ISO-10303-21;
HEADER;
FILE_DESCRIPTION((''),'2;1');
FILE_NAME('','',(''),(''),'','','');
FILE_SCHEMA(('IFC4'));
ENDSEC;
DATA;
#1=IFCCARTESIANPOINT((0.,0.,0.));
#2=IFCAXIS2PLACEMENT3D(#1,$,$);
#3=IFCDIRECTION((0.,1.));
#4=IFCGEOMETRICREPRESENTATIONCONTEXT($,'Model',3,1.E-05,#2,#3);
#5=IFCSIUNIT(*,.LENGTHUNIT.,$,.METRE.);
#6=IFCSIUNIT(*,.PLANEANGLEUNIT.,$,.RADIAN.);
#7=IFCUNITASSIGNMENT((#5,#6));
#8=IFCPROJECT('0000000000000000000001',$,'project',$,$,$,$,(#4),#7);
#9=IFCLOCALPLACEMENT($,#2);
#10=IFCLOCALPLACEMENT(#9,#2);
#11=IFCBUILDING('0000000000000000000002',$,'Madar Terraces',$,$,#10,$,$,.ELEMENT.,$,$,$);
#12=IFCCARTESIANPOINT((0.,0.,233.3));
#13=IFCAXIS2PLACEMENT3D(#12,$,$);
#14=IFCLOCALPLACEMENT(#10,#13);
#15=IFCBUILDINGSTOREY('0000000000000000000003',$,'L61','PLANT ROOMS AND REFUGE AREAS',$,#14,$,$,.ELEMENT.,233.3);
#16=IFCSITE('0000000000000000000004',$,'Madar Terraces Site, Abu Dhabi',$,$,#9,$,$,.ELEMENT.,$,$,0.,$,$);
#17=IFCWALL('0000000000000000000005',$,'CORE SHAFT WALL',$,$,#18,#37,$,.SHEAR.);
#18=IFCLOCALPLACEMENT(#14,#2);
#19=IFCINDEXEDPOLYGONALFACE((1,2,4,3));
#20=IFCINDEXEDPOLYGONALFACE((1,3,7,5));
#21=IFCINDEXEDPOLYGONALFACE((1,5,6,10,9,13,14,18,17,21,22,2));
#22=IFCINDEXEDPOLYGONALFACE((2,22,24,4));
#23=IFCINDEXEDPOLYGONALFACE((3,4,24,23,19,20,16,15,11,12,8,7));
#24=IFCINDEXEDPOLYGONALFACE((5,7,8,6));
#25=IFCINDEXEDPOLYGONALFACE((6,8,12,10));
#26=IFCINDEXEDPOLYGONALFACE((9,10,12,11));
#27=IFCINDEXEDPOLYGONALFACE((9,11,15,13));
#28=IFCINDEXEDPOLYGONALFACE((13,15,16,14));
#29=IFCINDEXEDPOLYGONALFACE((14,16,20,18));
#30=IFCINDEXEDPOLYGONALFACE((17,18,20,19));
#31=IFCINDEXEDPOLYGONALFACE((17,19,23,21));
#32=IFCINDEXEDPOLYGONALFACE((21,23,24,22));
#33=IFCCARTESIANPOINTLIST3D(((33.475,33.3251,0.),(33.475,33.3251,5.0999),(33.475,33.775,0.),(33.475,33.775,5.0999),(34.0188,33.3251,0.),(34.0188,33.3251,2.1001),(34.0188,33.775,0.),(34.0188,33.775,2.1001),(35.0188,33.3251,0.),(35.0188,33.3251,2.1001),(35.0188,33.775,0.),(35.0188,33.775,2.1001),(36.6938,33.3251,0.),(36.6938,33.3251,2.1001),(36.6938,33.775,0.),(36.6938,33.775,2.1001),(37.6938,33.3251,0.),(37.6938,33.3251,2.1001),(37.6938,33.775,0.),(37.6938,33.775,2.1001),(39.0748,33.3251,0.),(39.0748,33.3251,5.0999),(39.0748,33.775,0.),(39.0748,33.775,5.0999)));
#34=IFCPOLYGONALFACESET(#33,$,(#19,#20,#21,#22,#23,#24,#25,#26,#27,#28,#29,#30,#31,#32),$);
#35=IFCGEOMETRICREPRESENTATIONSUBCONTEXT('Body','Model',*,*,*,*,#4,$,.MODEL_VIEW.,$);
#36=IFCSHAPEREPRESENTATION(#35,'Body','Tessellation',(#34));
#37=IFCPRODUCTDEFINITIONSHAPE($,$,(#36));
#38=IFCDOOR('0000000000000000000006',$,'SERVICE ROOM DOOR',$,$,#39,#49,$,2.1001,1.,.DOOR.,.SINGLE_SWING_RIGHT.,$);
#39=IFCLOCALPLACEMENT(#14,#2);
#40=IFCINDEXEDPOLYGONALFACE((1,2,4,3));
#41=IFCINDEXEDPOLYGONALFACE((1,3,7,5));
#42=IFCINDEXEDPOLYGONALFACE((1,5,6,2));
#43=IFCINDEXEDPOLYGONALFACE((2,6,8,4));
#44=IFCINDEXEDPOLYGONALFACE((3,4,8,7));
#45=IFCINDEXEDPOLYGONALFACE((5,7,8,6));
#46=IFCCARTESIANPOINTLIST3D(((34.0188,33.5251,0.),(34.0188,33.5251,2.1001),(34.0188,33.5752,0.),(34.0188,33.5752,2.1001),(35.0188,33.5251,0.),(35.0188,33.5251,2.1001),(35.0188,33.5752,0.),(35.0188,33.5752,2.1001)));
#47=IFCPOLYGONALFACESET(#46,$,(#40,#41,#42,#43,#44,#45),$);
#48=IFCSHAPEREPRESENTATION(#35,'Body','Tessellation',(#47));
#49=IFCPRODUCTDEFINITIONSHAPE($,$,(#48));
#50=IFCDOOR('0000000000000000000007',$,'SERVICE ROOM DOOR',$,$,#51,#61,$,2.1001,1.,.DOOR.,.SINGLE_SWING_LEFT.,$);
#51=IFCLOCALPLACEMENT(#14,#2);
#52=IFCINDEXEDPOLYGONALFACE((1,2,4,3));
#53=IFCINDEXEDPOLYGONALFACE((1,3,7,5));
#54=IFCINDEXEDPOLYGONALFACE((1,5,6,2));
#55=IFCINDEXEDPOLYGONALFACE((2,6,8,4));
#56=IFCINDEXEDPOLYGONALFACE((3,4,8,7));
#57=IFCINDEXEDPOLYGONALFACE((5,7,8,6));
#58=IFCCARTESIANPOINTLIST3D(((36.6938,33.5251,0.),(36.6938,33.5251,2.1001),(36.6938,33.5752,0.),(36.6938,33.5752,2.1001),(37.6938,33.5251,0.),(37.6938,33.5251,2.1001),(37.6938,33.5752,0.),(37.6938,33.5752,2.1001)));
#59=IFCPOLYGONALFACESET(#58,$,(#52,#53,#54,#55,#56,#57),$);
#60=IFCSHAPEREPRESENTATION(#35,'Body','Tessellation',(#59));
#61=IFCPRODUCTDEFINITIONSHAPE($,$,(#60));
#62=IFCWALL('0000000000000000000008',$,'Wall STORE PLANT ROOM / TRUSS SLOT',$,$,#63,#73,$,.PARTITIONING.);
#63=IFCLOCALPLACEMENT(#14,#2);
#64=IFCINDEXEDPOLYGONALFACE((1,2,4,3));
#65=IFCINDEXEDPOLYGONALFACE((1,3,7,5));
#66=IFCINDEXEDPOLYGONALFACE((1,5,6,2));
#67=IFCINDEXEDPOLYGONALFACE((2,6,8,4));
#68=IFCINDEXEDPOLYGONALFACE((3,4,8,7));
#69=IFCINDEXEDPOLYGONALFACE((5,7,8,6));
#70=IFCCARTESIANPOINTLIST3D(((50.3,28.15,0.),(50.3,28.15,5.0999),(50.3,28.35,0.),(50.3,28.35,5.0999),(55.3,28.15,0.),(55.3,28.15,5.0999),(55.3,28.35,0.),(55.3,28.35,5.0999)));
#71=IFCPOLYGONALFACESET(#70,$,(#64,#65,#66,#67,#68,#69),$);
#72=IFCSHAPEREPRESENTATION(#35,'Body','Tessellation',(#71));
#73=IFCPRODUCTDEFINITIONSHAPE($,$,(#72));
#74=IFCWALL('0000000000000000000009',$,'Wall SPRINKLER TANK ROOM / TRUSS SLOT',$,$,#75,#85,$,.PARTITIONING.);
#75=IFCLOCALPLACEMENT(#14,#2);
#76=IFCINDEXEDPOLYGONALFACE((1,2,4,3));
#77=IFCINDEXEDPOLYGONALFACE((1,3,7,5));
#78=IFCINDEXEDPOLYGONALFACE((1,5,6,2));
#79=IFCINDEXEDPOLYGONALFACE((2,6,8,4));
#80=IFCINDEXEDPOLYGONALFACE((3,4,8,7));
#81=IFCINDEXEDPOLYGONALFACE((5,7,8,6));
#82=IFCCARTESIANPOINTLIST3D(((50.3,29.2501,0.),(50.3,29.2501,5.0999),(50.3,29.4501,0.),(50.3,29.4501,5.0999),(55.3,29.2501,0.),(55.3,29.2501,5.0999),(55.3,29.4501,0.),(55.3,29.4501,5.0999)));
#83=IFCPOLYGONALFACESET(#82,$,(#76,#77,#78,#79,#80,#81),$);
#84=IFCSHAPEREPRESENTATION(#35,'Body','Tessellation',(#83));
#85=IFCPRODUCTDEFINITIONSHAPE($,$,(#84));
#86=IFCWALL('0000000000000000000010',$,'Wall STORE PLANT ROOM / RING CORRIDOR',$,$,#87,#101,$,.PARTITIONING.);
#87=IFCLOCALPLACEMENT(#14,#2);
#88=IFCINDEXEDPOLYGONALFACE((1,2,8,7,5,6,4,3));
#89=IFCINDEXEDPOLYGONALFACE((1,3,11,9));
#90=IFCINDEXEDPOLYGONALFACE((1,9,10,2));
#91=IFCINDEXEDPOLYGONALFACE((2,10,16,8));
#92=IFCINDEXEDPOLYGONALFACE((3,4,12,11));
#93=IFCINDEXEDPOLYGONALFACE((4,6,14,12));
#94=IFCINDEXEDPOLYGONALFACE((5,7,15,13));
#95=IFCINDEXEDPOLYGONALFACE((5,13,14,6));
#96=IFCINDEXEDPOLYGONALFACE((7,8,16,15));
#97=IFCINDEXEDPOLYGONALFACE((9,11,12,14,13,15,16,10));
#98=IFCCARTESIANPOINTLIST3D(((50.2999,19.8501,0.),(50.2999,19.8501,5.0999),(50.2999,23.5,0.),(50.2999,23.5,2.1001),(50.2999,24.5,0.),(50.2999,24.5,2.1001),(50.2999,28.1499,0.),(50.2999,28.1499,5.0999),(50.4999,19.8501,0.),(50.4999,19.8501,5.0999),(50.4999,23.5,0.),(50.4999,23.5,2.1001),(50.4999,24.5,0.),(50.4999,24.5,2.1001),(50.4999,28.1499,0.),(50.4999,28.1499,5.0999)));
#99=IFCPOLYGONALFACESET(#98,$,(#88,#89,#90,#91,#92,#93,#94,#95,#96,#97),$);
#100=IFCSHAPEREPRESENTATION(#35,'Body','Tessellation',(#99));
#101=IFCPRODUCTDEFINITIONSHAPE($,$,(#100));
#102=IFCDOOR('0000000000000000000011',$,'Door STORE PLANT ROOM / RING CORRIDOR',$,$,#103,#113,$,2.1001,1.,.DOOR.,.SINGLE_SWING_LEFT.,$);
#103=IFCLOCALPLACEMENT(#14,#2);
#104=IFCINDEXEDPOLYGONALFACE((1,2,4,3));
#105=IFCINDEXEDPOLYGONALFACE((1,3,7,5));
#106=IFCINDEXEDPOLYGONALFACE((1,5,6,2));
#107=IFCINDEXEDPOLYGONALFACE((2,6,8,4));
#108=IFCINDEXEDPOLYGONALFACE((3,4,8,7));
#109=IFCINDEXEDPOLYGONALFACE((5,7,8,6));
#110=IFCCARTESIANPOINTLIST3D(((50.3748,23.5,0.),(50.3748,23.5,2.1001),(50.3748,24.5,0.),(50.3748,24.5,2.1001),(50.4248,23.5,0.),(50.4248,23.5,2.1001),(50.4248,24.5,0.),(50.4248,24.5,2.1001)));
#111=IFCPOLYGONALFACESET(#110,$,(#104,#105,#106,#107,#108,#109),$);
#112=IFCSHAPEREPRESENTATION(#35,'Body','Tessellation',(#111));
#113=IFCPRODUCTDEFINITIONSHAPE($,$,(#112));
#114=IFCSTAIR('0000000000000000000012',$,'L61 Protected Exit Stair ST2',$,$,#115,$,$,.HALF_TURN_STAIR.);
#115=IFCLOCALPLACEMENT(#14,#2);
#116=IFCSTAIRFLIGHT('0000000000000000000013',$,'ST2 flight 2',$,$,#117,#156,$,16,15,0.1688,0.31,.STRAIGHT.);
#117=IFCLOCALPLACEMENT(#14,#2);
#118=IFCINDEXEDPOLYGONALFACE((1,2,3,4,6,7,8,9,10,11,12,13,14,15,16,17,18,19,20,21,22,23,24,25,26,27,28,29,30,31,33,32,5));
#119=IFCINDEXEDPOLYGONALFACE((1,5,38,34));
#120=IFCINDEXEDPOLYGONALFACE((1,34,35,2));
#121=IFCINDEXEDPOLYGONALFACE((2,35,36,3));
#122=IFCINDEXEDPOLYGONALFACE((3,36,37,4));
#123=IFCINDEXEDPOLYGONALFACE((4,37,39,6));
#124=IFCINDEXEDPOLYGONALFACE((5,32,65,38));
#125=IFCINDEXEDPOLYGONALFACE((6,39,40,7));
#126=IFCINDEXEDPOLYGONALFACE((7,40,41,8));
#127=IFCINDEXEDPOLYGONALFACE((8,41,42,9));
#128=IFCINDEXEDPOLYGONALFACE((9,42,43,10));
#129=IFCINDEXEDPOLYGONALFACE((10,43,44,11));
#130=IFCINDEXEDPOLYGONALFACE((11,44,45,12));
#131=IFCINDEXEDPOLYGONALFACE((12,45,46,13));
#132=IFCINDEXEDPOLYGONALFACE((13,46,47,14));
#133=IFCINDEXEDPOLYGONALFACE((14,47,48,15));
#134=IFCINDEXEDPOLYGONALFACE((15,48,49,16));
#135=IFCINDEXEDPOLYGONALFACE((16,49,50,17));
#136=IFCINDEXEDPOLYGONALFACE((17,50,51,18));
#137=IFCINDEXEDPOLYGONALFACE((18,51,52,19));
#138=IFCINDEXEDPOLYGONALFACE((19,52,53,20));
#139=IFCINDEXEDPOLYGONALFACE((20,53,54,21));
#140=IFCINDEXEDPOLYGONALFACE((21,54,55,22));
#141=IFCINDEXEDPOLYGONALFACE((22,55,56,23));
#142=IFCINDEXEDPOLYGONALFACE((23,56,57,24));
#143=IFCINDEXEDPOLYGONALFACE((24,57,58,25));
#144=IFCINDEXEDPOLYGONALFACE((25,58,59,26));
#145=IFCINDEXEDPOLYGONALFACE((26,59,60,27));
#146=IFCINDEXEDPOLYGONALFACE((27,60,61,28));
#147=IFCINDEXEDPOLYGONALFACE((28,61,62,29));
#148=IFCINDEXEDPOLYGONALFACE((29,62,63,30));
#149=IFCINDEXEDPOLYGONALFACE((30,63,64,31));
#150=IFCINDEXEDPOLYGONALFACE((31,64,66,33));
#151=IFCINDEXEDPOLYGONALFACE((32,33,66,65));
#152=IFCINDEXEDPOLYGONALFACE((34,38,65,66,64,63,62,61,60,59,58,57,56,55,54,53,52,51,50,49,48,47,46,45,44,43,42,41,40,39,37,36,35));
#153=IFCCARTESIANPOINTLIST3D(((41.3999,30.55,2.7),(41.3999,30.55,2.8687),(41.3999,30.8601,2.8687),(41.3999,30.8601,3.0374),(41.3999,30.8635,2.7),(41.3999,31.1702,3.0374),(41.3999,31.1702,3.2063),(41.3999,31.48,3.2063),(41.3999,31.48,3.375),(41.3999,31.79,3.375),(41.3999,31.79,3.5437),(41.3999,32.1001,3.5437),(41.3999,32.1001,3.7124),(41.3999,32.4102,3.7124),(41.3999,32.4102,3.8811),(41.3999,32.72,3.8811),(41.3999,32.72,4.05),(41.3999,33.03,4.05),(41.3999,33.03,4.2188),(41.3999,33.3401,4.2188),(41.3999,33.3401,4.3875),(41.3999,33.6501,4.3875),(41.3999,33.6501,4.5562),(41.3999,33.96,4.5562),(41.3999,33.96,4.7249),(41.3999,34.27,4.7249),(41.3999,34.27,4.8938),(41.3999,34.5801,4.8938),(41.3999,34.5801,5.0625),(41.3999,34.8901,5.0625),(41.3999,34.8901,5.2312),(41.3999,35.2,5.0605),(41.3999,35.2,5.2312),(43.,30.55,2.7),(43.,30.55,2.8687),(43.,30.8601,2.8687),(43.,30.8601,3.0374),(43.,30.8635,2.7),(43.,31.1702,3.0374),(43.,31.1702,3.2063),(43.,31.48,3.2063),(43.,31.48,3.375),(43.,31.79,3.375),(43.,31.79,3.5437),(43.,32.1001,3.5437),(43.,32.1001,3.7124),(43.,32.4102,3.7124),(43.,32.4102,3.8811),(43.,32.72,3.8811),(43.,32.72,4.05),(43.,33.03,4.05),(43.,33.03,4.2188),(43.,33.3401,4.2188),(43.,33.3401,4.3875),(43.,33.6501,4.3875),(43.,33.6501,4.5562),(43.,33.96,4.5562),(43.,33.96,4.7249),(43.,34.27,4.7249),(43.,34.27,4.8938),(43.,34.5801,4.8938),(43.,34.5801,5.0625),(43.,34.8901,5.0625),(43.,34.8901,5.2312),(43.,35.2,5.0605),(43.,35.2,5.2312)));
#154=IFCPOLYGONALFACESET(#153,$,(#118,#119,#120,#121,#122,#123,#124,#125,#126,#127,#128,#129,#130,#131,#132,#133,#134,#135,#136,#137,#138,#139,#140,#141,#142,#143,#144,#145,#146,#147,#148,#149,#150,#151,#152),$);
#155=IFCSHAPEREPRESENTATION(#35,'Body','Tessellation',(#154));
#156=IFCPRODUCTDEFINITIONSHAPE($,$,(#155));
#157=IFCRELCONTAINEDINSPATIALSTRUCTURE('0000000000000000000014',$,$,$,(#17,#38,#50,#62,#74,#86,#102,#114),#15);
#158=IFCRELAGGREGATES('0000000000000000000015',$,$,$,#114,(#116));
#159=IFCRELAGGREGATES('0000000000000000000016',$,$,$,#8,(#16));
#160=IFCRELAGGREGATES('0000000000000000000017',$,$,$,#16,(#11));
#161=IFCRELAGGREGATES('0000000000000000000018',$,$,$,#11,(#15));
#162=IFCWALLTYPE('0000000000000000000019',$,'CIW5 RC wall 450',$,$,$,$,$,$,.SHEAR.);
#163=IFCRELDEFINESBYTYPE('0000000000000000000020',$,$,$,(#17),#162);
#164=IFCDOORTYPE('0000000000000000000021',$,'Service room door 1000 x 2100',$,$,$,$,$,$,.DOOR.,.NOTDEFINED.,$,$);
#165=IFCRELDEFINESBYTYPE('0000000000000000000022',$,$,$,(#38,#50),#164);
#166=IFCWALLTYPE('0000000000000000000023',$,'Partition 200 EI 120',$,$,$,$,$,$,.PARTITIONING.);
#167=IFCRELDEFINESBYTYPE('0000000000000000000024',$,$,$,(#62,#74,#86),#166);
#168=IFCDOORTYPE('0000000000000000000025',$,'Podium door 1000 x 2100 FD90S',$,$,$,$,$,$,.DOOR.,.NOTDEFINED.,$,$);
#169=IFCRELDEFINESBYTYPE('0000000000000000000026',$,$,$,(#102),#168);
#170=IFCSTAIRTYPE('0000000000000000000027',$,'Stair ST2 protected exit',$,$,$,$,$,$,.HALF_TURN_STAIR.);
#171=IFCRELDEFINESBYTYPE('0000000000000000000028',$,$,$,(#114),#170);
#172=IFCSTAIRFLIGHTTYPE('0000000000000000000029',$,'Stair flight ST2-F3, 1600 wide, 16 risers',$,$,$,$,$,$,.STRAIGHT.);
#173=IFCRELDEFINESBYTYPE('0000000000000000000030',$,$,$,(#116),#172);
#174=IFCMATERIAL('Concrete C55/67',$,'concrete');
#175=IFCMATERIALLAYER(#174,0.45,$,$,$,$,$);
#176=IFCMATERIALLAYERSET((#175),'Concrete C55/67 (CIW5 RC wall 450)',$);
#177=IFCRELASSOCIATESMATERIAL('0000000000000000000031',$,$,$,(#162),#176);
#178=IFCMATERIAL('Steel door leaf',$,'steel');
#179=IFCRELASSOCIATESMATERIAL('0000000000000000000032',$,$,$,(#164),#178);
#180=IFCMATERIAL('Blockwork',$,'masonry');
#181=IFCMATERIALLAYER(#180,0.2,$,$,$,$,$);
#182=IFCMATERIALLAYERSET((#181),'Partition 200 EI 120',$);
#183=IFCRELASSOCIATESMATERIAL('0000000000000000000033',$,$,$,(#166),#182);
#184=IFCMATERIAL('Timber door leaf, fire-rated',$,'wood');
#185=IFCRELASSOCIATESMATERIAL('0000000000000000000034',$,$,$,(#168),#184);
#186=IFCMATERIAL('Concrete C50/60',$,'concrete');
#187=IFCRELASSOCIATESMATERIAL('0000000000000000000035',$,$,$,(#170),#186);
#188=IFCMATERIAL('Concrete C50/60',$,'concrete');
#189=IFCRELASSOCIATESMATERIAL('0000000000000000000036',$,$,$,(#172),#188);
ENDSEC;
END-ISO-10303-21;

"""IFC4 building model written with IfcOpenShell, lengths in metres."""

from ifc_helpers import new_model, si_unit, direction, frame, frame_2d, origin, place, context, subcontext, project, spatial, polyline, rectangle, outline, extrude, material, layer, layer_set, type_object, element, fill, aggregate, save


model = new_model("IFC4")

# Units and contexts
model_context = context("Model", 3, precision=1e-05, world=origin(), true_north=direction((0.0, 1.0)))
body_context = subcontext(model_context, "Body", "Model", "MODEL_VIEW")
ifc_project = project(units=[si_unit("LENGTHUNIT", "METRE"), si_unit("PLANEANGLEUNIT", "RADIAN")], contexts=[model_context])

# Site, building, storey
site_placement = place(None, origin())
site = spatial("IfcSite", under=ifc_project, at=site_placement, Name="Madar Terraces Site, Abu Dhabi", CompositionType="ELEMENT", RefElevation=0.0)
building_placement = place(site_placement, origin())
building = spatial("IfcBuilding", under=site, at=building_placement, Name="Madar Terraces", CompositionType="ELEMENT")
storey_placement = place(building_placement, frame((0.0, 0.0, 233.3)))
storey = spatial("IfcBuildingStorey", under=building, at=storey_placement, Name="L61", Description="PLANT ROOMS AND REFUGE AREAS", CompositionType="ELEMENT", Elevation=233.3)

# Wall, openings, doors
ifc_material_1 = material(Name="Concrete C55/67", Category="concrete")
ifc_layer_1 = layer(ifc_material_1, 0.45)
ifc_layer_set_1 = layer_set([ifc_layer_1], Name="Concrete C55/67 (CIW5 RC wall 450)")
wall_type_1 = type_object("IfcWallType", Name="CIW5 RC wall 450", PredefinedType="SHEAR", material=ifc_layer_set_1)
wall_1_placement = place(storey_placement, frame((33.4751, 33.55, 0.0), z_axis=(0.0, 0.0, 1.0), x_axis=(1.0, 0.0, 0.0)))
wall_1 = element("IfcWall", 1, at=wall_1_placement, inside=storey, type_object=wall_type_1, Name="CORE SHAFT WALL", PredefinedType="SHEAR", context=body_context, shape_type="SweptSolid", body=[
    extrude(rectangle(XDim=5.5999, YDim=0.45, at=frame_2d((2.7998, 0.0))), origin(), (0.0, 0.0, 1.0), 5.0999),
])
opening_1_placement = place(wall_1_placement, frame((0.5437, 0.0, 0.0)))
opening_1 = element("IfcOpeningElement", 2, at=opening_1_placement, cuts=wall_1, PredefinedType="OPENING", context=body_context, shape_type="SweptSolid", body=[
    extrude(rectangle(XDim=1.0, YDim=2.1001, at=frame_2d((0.5, 1.05))), frame((0.0, 0.2349, 0.0), z_axis=(0.0, -1.0, 0.0), x_axis=(1.0, 0.0, 0.0)), (0.0, 0.0, 1.0), 0.47),
])
opening_2_placement = place(wall_1_placement, frame((3.2188, 0.0, 0.0)))
opening_2 = element("IfcOpeningElement", 3, at=opening_2_placement, cuts=wall_1, PredefinedType="OPENING", context=body_context, shape_type="SweptSolid", body=[
    extrude(rectangle(XDim=1.0, YDim=2.1001, at=frame_2d((0.5, 1.05))), frame((0.0, 0.2349, 0.0), z_axis=(0.0, -1.0, 0.0), x_axis=(1.0, 0.0, 0.0)), (0.0, 0.0, 1.0), 0.47),
])
ifc_material_2 = material(Name="Steel door leaf", Category="steel")
door_type_1 = type_object("IfcDoorType", Name="Service room door 1000 x 2100", OperationType="NOTDEFINED", PredefinedType="DOOR", material=ifc_material_2)
door_1_placement = place(opening_1_placement, frame((1.0, 0.0, 0.0), z_axis=(0.0, 0.0, 1.0), x_axis=(-1.0, 0.0, 0.0)))
door_1 = element("IfcDoor", 4, at=door_1_placement, inside=storey, type_object=door_type_1, Name="SERVICE ROOM DOOR", OperationType="SINGLE_SWING_RIGHT", OverallHeight=2.1001, OverallWidth=1.0, PredefinedType="DOOR", context=body_context, shape_type="SweptSolid", body=[
    extrude(rectangle(XDim=1.0, YDim=2.1001, at=frame_2d((0.5, 1.05))), frame((0.0, 0.0249, 0.0), z_axis=(0.0, -1.0, 0.0), x_axis=(1.0, 0.0, 0.0)), (0.0, 0.0, 1.0), 0.05),
])
fill(opening_1, door_1)
door_2_placement = place(opening_2_placement, frame((1.0, 0.0, 0.0), z_axis=(0.0, 0.0, 1.0), x_axis=(-1.0, 0.0, 0.0)))
door_2 = element("IfcDoor", 5, at=door_2_placement, inside=storey, type_object=door_type_1, Name="SERVICE ROOM DOOR", OperationType="SINGLE_SWING_LEFT", OverallHeight=2.1001, OverallWidth=1.0, PredefinedType="DOOR", context=body_context, shape_type="SweptSolid", body=[
    extrude(rectangle(XDim=1.0, YDim=2.1001, at=frame_2d((0.5, 1.05))), frame((0.0, 0.0249, 0.0), z_axis=(0.0, -1.0, 0.0), x_axis=(1.0, 0.0, 0.0)), (0.0, 0.0, 1.0), 0.05),
])
fill(opening_2, door_2)

# Walls
ifc_material_3 = material(Name="Blockwork", Category="masonry")
ifc_layer_2 = layer(ifc_material_3, 0.2)
ifc_layer_set_2 = layer_set([ifc_layer_2], Name="Partition 200 EI 120")
wall_type_2 = type_object("IfcWallType", Name="Partition 200 EI 120", PredefinedType="PARTITIONING", material=ifc_layer_set_2)
for number, where, z_axis, x_axis, name in (
    (6, (50.3, 28.25, 0.0), (0.0, 0.0, 1.0), (1.0, 0.0, 0.0), "Wall STORE PLANT ROOM / TRUSS SLOT"),
    (7, (50.3, 29.3501, 0.0), (0.0, 0.0, 1.0), (1.0, 0.0, 0.0), "Wall SPRINKLER TANK ROOM / TRUSS SLOT"),
):
    element("IfcWall", number, at=place(storey_placement, frame(where, z_axis=z_axis, x_axis=x_axis)), inside=storey, type_object=wall_type_2, Name=name, PredefinedType="PARTITIONING", context=body_context, shape_type="SweptSolid", body=[
        extrude(rectangle(XDim=5.0, YDim=0.2, at=frame_2d((2.5, 0.0))), origin(), (0.0, 0.0, 1.0), 5.0999),
    ])

# Wall, opening, door
wall_2_placement = place(storey_placement, frame((50.3999, 28.1499, 0.0), z_axis=(0.0, 0.0, 1.0), x_axis=(0.0, -1.0, 0.0)))
wall_2 = element("IfcWall", 8, at=wall_2_placement, inside=storey, type_object=wall_type_2, Name="Wall STORE PLANT ROOM / RING CORRIDOR", PredefinedType="PARTITIONING", context=body_context, shape_type="SweptSolid", body=[
    extrude(rectangle(XDim=8.2998, YDim=0.2, at=frame_2d((4.1499, 0.0))), origin(), (0.0, 0.0, 1.0), 5.0999),
])
opening_3_placement = place(wall_2_placement, frame((3.6499, 0.0, 0.0)))
opening_3 = element("IfcOpeningElement", 9, at=opening_3_placement, cuts=wall_2, PredefinedType="OPENING", context=body_context, shape_type="SweptSolid", body=[
    extrude(rectangle(XDim=1.0, YDim=2.1001, at=frame_2d((0.5, 1.05))), frame((0.0, 0.1099, 0.0), z_axis=(0.0, -1.0, 0.0), x_axis=(1.0, 0.0, 0.0)), (0.0, 0.0, 1.0), 0.22),
])
ifc_material_4 = material(Name="Timber door leaf, fire-rated", Category="wood")
door_type_2 = type_object("IfcDoorType", Name="Podium door 1000 x 2100 FD90S", OperationType="NOTDEFINED", PredefinedType="DOOR", material=ifc_material_4)
door_3_placement = place(opening_3_placement, origin())
door_3 = element("IfcDoor", 10, at=door_3_placement, inside=storey, type_object=door_type_2, Name="Door STORE PLANT ROOM / RING CORRIDOR", OperationType="SINGLE_SWING_LEFT", OverallHeight=2.1001, OverallWidth=1.0, PredefinedType="DOOR", context=body_context, shape_type="SweptSolid", body=[
    extrude(rectangle(XDim=1.0, YDim=2.1001, at=frame_2d((0.5, 1.05))), frame((0.0, 0.0249, 0.0), z_axis=(0.0, -1.0, 0.0), x_axis=(1.0, 0.0, 0.0)), (0.0, 0.0, 1.0), 0.05),
])
fill(opening_3, door_3)

# Stair, stair flight
ifc_material_5 = material(Name="Concrete C50/60", Category="concrete")
stair_type = type_object("IfcStairType", Name="Stair ST2 protected exit", PredefinedType="HALF_TURN_STAIR", material=ifc_material_5)
stair_placement = place(storey_placement, origin())
stair = element("IfcStair", 11, at=stair_placement, inside=storey, type_object=stair_type, Name="L61 Protected Exit Stair ST2", PredefinedType="HALF_TURN_STAIR")
ifc_material_6 = material(Name="Concrete C50/60", Category="concrete")
stair_flight_type = type_object("IfcStairFlightType", Name="Stair flight ST2-F3, 1600 wide, 16 risers", PredefinedType="STRAIGHT", material=ifc_material_6)
stair_flight_placement = place(storey_placement, frame((42.2, 30.55, 2.7), z_axis=(0.0, 0.0, 1.0), x_axis=(0.0, 1.0, 0.0)))
stair_flight = element("IfcStairFlight", 12, at=stair_flight_placement, type_object=stair_flight_type, Name="ST2 flight 2", NumberOfRisers=16, NumberOfTreads=15, PredefinedType="STRAIGHT", RiserHeight=0.1688, TreadLength=0.31, context=body_context, shape_type="SweptSolid", body=[
    extrude(outline(polyline([(0.0, 0.0), (0.0, 0.1687), (0.3101, 0.1687), (0.3101, 0.3374), (0.6201, 0.3374), (0.6201, 0.5063), (0.9299, 0.5063), (0.9299, 0.675), (1.24, 0.675), (1.24, 0.8438), (1.55, 0.8438), (1.55, 1.0125), (1.8601, 1.0125), (1.8601, 1.1812), (2.1699, 1.1812), (2.1699, 1.3501), (2.48, 1.3501), (2.48, 1.5188), (2.79, 1.5188), (2.79, 1.6875), (3.1001, 1.6875), (3.1001, 1.8562), (3.4099, 1.8562), (3.4099, 2.0249), (3.72, 2.0249), (3.72, 2.1938), (4.03, 2.1938), (4.03, 2.3625), (4.3401, 2.3625), (4.3401, 2.5312), (4.6499, 2.5312), (4.6499, 2.7), (4.6499, 2.3606), (0.3135, 0.0), (0.0, 0.0)])), frame((0.0, 0.8, 0.0), z_axis=(0.0, -1.0, 0.0), x_axis=(1.0, 0.0, 0.0)), (0.0, 0.0, 1.0), 1.6001),
])
aggregate(stair, [stair_flight])

save(model, "model.ifc")
